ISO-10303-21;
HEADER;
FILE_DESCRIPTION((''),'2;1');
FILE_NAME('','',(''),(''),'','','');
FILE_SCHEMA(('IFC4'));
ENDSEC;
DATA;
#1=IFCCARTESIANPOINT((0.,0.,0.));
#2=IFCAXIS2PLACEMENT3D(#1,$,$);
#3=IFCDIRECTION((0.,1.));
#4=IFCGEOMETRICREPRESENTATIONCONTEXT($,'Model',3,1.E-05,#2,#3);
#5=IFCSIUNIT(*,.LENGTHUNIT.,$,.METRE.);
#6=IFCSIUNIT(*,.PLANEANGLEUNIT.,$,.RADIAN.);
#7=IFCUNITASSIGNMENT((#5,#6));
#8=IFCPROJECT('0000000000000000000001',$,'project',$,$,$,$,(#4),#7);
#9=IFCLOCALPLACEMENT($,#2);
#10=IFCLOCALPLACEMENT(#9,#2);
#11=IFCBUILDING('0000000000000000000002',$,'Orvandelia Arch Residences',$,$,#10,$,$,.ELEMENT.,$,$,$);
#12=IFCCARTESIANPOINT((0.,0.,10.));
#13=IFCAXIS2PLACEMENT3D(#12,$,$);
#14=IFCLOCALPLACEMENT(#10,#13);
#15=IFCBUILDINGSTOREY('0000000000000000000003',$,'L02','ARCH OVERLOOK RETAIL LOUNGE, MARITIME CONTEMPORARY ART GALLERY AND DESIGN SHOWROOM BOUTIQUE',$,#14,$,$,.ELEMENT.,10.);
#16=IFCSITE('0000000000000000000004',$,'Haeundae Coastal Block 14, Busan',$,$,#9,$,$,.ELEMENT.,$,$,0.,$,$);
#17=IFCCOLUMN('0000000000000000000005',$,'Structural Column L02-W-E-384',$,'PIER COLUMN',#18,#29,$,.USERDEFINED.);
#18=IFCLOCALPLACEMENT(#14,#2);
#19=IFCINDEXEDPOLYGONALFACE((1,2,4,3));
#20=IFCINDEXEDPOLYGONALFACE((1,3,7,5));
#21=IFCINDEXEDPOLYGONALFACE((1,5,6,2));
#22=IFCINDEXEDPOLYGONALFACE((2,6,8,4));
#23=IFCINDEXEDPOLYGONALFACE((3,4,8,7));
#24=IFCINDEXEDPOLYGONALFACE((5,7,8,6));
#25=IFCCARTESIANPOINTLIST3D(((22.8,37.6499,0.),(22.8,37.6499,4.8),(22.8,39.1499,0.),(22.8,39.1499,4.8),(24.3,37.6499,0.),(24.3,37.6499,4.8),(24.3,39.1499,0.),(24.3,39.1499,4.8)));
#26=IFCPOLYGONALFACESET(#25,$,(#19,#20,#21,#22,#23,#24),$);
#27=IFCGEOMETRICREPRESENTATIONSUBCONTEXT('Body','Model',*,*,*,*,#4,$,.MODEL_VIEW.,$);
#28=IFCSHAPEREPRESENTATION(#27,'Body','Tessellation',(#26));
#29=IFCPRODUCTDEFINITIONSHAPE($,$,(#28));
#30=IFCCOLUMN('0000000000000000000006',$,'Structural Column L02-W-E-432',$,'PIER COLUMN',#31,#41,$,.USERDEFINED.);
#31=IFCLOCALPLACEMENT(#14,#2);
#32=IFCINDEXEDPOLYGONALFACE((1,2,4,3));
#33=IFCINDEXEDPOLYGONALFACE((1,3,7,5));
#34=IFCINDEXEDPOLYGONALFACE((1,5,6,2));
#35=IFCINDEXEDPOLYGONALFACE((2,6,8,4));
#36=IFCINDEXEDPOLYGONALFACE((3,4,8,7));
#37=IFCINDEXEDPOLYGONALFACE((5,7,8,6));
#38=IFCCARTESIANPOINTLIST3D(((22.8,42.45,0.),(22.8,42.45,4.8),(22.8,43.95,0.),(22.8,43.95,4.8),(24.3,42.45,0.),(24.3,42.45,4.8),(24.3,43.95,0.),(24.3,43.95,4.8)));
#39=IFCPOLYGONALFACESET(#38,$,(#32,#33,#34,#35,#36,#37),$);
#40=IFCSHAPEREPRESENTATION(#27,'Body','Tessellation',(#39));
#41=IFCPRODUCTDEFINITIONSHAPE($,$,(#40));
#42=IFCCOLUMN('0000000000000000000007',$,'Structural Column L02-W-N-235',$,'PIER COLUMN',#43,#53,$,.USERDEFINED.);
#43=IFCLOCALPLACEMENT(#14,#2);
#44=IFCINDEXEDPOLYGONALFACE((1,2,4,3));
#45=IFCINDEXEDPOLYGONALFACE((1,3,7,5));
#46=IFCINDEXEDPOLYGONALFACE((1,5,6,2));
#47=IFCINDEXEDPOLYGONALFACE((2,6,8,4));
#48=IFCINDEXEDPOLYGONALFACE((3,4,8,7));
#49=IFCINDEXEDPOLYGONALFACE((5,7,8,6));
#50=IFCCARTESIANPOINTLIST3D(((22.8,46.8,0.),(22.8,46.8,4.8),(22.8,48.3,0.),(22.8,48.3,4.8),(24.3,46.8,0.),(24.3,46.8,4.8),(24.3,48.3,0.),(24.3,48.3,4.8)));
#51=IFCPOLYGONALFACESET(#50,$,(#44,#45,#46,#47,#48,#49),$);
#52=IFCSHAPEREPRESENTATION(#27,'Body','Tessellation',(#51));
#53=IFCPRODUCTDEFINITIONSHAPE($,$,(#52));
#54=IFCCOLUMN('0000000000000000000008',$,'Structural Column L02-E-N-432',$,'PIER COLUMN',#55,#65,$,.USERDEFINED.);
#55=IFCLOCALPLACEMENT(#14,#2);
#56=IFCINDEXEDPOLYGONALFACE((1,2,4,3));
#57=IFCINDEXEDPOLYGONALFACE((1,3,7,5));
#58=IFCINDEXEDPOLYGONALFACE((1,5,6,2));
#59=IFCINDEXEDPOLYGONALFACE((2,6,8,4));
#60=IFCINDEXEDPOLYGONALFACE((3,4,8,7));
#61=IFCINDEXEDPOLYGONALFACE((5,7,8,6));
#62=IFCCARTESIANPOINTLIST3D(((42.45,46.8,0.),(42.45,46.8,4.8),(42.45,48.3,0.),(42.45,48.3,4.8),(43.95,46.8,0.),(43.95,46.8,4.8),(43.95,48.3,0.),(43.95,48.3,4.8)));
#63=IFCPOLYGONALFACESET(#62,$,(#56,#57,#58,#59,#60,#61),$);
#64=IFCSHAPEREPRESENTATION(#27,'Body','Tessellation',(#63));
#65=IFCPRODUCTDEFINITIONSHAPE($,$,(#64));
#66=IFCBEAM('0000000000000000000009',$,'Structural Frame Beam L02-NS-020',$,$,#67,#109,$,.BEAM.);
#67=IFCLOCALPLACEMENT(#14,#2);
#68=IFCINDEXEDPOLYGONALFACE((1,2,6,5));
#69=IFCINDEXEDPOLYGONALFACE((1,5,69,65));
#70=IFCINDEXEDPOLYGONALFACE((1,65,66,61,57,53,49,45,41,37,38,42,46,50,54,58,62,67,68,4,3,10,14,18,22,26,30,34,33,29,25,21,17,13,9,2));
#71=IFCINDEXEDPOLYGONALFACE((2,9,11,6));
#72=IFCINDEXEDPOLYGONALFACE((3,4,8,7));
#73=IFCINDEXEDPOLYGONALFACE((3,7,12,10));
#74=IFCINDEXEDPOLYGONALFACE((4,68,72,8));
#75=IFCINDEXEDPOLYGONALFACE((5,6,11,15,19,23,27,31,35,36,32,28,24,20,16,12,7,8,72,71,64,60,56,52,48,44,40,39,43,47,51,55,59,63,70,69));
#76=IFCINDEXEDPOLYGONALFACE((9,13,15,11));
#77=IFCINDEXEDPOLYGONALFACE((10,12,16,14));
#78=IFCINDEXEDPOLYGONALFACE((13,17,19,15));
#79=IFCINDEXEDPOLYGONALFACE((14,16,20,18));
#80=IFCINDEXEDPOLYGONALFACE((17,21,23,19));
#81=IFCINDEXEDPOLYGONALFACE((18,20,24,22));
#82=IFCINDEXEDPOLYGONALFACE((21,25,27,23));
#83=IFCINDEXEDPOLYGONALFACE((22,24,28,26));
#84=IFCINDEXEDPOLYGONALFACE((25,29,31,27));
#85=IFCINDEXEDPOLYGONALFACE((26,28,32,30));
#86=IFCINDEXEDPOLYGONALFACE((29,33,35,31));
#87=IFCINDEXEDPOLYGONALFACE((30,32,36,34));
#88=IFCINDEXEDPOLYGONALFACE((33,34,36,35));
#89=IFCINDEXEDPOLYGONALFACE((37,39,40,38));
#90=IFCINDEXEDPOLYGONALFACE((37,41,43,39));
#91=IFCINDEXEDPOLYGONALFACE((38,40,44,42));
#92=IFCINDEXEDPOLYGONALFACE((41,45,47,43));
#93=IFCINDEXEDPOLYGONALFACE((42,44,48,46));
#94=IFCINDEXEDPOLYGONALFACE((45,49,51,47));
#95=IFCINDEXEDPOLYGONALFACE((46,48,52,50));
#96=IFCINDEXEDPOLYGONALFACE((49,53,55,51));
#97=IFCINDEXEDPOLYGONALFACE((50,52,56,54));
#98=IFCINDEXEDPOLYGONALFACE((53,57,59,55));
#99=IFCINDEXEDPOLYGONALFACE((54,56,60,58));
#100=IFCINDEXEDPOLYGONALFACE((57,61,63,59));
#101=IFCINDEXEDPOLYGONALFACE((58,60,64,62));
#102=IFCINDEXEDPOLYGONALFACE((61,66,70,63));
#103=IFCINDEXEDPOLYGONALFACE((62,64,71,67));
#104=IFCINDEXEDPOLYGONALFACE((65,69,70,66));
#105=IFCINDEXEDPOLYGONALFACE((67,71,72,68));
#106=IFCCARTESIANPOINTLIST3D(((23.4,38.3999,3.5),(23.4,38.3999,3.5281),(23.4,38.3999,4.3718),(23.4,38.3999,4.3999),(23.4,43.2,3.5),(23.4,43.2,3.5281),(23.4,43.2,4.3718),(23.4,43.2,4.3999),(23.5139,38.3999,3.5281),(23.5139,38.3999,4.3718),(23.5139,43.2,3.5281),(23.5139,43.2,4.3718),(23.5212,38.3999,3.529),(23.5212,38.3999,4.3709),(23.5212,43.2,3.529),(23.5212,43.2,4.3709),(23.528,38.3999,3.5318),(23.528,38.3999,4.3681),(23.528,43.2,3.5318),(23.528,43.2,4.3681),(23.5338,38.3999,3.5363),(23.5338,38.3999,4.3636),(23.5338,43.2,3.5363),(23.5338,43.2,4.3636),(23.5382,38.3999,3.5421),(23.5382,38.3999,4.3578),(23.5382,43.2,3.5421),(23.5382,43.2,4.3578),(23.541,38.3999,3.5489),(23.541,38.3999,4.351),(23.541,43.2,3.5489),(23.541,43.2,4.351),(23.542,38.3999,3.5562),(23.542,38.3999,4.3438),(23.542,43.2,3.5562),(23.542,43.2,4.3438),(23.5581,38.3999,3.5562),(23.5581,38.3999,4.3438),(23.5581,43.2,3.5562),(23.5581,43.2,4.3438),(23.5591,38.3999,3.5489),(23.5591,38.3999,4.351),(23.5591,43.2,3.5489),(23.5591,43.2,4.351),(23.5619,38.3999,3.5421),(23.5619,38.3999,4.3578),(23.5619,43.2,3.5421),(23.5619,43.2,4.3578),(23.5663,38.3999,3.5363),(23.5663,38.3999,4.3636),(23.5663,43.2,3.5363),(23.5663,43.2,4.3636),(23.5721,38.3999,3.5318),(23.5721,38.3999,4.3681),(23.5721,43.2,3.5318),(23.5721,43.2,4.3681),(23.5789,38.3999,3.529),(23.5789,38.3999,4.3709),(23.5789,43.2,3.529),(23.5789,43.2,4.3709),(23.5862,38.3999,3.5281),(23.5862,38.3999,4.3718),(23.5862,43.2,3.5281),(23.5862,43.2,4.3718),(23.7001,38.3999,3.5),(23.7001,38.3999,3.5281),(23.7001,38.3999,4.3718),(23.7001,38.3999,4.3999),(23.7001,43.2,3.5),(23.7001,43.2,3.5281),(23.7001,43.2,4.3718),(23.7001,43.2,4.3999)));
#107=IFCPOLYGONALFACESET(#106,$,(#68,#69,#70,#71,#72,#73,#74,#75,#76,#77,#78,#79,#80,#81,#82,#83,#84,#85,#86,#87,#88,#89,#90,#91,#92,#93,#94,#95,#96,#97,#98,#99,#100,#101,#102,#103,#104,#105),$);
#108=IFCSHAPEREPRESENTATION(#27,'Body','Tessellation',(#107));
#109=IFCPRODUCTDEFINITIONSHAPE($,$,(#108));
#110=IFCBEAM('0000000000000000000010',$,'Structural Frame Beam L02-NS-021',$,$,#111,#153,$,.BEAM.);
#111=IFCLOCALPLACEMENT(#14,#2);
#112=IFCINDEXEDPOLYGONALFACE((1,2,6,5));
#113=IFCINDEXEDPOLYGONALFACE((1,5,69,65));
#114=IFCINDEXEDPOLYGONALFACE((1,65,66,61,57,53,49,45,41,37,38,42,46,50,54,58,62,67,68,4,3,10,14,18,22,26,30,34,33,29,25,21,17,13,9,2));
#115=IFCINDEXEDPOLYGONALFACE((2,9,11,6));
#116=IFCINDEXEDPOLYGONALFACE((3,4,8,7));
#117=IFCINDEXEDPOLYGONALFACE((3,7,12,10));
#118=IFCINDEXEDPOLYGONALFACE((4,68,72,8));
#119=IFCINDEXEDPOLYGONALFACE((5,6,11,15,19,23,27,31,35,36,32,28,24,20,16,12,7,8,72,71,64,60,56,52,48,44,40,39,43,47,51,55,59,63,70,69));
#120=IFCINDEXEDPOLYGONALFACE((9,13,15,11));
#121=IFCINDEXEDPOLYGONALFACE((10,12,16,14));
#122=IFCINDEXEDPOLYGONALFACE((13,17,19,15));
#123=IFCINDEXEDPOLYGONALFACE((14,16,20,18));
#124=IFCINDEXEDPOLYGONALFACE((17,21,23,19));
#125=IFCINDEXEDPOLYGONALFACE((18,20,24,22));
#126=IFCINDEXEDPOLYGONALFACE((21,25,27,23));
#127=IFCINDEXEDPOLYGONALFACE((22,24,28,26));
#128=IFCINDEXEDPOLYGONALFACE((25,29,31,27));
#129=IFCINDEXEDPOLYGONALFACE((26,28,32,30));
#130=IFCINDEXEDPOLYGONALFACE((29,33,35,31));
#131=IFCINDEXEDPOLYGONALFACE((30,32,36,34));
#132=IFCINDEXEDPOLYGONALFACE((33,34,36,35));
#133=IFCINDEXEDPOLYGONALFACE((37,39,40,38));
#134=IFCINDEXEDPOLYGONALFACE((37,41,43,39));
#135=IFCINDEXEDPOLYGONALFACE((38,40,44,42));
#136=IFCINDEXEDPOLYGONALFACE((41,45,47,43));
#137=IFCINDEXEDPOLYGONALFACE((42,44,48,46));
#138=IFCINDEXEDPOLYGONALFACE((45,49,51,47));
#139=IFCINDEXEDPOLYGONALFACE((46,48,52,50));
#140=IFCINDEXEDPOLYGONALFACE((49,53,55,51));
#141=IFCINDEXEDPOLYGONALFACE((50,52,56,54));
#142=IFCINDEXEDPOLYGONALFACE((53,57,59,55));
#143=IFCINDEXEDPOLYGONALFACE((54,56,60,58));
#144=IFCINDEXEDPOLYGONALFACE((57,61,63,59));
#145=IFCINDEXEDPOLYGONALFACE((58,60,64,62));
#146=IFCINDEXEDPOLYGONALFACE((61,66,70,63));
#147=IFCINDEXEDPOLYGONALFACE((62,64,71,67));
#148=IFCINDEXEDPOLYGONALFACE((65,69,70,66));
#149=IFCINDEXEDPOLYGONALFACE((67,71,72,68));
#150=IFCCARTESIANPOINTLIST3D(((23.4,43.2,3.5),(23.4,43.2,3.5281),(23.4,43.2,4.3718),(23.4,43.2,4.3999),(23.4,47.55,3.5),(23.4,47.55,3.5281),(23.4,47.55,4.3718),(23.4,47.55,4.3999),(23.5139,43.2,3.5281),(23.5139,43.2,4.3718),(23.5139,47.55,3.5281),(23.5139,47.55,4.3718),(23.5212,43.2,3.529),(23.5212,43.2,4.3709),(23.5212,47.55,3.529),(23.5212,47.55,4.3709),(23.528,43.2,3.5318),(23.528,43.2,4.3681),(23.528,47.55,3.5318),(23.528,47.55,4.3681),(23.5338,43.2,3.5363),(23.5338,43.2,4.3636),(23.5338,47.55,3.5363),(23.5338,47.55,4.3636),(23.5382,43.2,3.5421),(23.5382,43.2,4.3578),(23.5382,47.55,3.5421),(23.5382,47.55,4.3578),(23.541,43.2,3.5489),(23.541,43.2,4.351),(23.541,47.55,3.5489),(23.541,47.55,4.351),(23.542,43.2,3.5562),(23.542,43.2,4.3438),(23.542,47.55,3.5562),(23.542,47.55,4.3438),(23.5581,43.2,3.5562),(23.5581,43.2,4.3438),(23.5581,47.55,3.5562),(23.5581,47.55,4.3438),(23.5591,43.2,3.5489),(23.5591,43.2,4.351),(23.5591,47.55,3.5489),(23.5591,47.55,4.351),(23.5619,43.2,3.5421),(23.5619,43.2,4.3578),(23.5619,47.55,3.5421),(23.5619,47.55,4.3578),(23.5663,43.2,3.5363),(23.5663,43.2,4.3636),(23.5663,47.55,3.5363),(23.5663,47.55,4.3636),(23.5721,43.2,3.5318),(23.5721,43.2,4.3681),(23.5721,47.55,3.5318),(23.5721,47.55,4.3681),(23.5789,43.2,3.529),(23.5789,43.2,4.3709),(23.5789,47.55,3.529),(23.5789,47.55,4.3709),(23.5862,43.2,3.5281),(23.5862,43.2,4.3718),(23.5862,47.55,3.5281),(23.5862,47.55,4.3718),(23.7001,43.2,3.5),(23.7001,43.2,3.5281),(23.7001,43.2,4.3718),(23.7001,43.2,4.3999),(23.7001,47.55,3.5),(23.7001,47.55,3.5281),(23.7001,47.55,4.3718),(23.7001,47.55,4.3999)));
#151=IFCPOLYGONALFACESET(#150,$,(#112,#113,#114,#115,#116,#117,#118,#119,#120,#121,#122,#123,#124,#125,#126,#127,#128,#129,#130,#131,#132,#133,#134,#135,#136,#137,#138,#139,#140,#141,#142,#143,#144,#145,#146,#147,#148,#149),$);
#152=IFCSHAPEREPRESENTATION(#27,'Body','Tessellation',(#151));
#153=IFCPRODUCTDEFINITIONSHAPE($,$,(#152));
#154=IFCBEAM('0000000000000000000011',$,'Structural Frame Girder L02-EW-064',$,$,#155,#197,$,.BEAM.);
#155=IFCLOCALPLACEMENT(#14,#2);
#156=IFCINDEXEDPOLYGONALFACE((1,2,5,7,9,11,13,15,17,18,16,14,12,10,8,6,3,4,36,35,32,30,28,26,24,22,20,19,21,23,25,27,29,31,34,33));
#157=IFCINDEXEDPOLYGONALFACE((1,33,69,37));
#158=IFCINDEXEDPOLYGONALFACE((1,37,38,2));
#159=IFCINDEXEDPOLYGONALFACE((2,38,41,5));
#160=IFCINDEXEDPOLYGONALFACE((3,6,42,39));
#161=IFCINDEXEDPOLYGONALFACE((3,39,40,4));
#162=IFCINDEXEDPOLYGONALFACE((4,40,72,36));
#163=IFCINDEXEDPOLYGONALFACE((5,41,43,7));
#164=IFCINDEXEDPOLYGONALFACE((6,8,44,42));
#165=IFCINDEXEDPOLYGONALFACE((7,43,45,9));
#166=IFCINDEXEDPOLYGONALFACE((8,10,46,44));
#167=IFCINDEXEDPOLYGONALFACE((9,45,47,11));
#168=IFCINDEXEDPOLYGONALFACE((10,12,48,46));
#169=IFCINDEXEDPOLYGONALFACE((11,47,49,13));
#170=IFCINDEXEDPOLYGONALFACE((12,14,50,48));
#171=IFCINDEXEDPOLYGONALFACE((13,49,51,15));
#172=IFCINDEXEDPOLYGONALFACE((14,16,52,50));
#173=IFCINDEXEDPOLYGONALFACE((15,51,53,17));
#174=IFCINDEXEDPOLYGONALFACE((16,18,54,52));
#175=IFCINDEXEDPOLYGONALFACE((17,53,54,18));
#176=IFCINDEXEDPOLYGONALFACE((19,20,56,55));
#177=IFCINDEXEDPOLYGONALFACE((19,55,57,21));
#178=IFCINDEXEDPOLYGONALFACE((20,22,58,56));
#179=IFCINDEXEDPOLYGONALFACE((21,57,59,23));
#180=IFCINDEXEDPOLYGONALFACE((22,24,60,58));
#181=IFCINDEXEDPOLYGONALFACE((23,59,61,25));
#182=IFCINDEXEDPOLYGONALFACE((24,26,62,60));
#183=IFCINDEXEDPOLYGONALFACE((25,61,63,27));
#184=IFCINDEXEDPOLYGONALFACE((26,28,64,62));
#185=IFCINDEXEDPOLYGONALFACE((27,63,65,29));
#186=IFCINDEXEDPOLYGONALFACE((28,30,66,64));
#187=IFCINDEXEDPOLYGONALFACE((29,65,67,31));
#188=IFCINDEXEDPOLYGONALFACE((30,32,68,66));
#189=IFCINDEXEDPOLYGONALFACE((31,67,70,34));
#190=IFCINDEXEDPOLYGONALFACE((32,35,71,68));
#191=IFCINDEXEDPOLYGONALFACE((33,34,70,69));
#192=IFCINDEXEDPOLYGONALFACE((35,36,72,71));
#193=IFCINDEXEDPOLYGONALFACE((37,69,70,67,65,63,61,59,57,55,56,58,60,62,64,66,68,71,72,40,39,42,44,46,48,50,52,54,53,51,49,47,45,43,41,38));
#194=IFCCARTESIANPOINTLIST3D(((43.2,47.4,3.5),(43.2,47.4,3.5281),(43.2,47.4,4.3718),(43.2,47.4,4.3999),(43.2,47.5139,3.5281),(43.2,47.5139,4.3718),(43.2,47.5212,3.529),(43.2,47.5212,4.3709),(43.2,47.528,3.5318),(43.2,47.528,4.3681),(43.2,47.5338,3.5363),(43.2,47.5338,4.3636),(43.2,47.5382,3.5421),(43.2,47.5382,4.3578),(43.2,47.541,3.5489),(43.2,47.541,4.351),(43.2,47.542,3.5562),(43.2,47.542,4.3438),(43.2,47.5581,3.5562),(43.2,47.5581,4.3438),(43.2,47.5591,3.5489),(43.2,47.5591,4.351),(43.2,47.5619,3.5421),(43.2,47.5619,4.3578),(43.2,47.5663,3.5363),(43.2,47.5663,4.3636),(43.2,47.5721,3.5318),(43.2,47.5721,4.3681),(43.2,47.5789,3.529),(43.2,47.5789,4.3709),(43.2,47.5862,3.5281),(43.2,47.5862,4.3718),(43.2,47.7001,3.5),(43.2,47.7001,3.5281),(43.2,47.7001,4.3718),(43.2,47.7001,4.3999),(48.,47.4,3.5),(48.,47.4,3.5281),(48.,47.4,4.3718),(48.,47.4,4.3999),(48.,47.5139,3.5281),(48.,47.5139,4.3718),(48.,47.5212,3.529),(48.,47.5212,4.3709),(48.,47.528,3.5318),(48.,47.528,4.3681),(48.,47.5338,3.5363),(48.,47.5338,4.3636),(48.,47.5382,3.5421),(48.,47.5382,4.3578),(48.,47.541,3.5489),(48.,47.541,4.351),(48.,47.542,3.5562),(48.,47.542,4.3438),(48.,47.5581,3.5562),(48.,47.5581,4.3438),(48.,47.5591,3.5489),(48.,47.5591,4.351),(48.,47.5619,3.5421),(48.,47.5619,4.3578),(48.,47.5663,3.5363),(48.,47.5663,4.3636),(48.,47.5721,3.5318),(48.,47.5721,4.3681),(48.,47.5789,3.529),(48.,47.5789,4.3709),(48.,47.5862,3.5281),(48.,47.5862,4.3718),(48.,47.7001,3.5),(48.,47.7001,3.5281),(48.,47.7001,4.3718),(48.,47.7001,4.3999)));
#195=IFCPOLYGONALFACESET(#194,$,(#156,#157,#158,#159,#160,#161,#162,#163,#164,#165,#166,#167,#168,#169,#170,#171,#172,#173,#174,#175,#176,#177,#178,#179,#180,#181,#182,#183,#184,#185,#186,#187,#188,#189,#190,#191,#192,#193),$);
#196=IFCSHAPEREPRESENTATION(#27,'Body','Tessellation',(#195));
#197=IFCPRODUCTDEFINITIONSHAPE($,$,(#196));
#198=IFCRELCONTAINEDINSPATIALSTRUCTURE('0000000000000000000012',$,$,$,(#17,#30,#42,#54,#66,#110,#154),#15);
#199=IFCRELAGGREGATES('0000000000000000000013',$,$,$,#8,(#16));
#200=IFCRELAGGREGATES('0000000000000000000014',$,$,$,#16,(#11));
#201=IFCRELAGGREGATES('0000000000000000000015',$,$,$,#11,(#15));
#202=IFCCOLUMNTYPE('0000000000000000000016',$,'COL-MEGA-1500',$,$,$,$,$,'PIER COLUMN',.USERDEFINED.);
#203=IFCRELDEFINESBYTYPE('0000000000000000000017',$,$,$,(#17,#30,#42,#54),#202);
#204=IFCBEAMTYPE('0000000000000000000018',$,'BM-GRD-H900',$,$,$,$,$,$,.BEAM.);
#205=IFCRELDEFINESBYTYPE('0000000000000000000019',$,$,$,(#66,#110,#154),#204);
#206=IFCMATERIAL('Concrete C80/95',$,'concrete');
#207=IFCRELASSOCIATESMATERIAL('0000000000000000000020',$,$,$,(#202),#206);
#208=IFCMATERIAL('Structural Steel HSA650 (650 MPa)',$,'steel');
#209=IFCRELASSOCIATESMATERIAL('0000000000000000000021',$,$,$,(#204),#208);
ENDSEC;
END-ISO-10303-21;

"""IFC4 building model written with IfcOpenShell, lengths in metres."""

from ifc_helpers import new_model, si_unit, direction, frame, origin, origin_2d, place, context, subcontext, project, spatial, rectangle, i_section, extrude, material, material_profile, profile_set, type_object, element, save


model = new_model("IFC4")

# Units and contexts
model_context = context("Model", 3, precision=1e-05, world=origin(), true_north=direction((0.0, 1.0)))
body_context = subcontext(model_context, "Body", "Model", "MODEL_VIEW")
ifc_project = project(units=[si_unit("LENGTHUNIT", "METRE"), si_unit("PLANEANGLEUNIT", "RADIAN")], contexts=[model_context])

# Site, building, storey
site_placement = place(None, origin())
site = spatial("IfcSite", under=ifc_project, at=site_placement, Name="Haeundae Coastal Block 14, Busan", CompositionType="ELEMENT", RefElevation=0.0)
building_placement = place(site_placement, origin())
building = spatial("IfcBuilding", under=site, at=building_placement, Name="Orvandelia Arch Residences", CompositionType="ELEMENT")
storey_placement = place(building_placement, frame((0.0, 0.0, 10.0)))
storey = spatial("IfcBuildingStorey", under=building, at=storey_placement, Name="L02", Description="ARCH OVERLOOK RETAIL LOUNGE, MARITIME CONTEMPORARY ART GALLERY AND DESIGN SHOWROOM BOUTIQUE", CompositionType="ELEMENT", Elevation=10.0)

# Columns
ifc_material_1 = material(Name="Concrete C80/95", Category="concrete")
ifc_material_profile_1 = material_profile(ifc_material_1, rectangle(XDim=1.5, YDim=1.5, at=origin_2d()), Name="Concrete C80/95", Category="concrete")
ifc_profile_set_1 = profile_set([ifc_material_profile_1], Name="Concrete C80/95")
column_type = type_object("IfcColumnType", Name="COL-MEGA-1500", ElementType="PIER COLUMN", PredefinedType="USERDEFINED", material=ifc_profile_set_1)
for number, where, z_axis, x_axis, name in (
    (1, (23.55, 38.3999, 0.0), (0.0, 0.0, 1.0), (1.0, 0.0, 0.0), "Structural Column L02-W-E-384"),
    (2, (23.55, 43.2, 0.0), (0.0, 0.0, 1.0), (1.0, 0.0, 0.0), "Structural Column L02-W-E-432"),
    (3, (23.55, 47.55, 0.0), (0.0, 0.0, 1.0), (1.0, 0.0, 0.0), "Structural Column L02-W-N-235"),
    (4, (43.2, 47.55, 0.0), (0.0, 0.0, 1.0), (1.0, 0.0, 0.0), "Structural Column L02-E-N-432"),
):
    element("IfcColumn", number, at=place(storey_placement, frame(where, z_axis=z_axis, x_axis=x_axis)), inside=storey, type_object=column_type, Name=name, ObjectType="PIER COLUMN", PredefinedType="USERDEFINED", context=body_context, shape_type="SweptSolid", body=[
        extrude(rectangle(XDim=1.5, YDim=1.5, at=origin_2d()), origin(), (0.0, 0.0, 1.0), 4.8),
    ])

# Beams
ifc_material_2 = material(Name="Structural Steel HSA650 (650 MPa)", Category="steel")
ifc_material_profile_2 = material_profile(ifc_material_2, i_section(OverallWidth=0.3, OverallDepth=0.8999, WebThickness=0.0161, FlangeThickness=0.0281, FilletRadius=0.0281, at=origin_2d()), Name="Structural Steel HSA650 (650 MPa)", Category="steel")
ifc_profile_set_2 = profile_set([ifc_material_profile_2], Name="Structural Steel HSA650 (650 MPa)")
beam_type_1 = type_object("IfcBeamType", Name="BM-GRD-H900", PredefinedType="BEAM", material=ifc_profile_set_2)
beam_1_placement = place(storey_placement, frame((23.55, 38.3999, 3.95), z_axis=(0.0, 1.0, 0.0), x_axis=(-1.0, 0.0, 0.0)))
element("IfcBeam", 5, at=beam_1_placement, inside=storey, type_object=beam_type_1, Name="Structural Frame Beam L02-NS-020", PredefinedType="BEAM", context=body_context, shape_type="SweptSolid", body=[
    extrude(i_section(OverallWidth=0.3, OverallDepth=0.8999, WebThickness=0.0161, FlangeThickness=0.0281, FilletRadius=0.0281, at=origin_2d()), origin(), (0.0, 0.0, 1.0), 4.8),
])
beam_2_placement = place(storey_placement, frame((23.55, 43.2, 3.95), z_axis=(0.0, 1.0, 0.0), x_axis=(-1.0, 0.0, 0.0)))
element("IfcBeam", 6, at=beam_2_placement, inside=storey, type_object=beam_type_1, Name="Structural Frame Beam L02-NS-021", PredefinedType="BEAM", context=body_context, shape_type="SweptSolid", body=[
    extrude(i_section(OverallWidth=0.3, OverallDepth=0.8999, WebThickness=0.0161, FlangeThickness=0.0281, FilletRadius=0.0281, at=origin_2d()), origin(), (0.0, 0.0, 1.0), 4.3501),
])
beam_3_placement = place(storey_placement, frame((43.2, 47.55, 3.95), z_axis=(1.0, 0.0, 0.0), x_axis=(0.0, 1.0, 0.0)))
element("IfcBeam", 7, at=beam_3_placement, inside=storey, type_object=beam_type_1, Name="Structural Frame Girder L02-EW-064", PredefinedType="BEAM", context=body_context, shape_type="SweptSolid", body=[
    extrude(i_section(OverallWidth=0.3, OverallDepth=0.8999, WebThickness=0.0161, FlangeThickness=0.0281, FilletRadius=0.0281, at=origin_2d()), origin(), (0.0, 0.0, 1.0), 4.8),
])

save(model, "model.ifc")
